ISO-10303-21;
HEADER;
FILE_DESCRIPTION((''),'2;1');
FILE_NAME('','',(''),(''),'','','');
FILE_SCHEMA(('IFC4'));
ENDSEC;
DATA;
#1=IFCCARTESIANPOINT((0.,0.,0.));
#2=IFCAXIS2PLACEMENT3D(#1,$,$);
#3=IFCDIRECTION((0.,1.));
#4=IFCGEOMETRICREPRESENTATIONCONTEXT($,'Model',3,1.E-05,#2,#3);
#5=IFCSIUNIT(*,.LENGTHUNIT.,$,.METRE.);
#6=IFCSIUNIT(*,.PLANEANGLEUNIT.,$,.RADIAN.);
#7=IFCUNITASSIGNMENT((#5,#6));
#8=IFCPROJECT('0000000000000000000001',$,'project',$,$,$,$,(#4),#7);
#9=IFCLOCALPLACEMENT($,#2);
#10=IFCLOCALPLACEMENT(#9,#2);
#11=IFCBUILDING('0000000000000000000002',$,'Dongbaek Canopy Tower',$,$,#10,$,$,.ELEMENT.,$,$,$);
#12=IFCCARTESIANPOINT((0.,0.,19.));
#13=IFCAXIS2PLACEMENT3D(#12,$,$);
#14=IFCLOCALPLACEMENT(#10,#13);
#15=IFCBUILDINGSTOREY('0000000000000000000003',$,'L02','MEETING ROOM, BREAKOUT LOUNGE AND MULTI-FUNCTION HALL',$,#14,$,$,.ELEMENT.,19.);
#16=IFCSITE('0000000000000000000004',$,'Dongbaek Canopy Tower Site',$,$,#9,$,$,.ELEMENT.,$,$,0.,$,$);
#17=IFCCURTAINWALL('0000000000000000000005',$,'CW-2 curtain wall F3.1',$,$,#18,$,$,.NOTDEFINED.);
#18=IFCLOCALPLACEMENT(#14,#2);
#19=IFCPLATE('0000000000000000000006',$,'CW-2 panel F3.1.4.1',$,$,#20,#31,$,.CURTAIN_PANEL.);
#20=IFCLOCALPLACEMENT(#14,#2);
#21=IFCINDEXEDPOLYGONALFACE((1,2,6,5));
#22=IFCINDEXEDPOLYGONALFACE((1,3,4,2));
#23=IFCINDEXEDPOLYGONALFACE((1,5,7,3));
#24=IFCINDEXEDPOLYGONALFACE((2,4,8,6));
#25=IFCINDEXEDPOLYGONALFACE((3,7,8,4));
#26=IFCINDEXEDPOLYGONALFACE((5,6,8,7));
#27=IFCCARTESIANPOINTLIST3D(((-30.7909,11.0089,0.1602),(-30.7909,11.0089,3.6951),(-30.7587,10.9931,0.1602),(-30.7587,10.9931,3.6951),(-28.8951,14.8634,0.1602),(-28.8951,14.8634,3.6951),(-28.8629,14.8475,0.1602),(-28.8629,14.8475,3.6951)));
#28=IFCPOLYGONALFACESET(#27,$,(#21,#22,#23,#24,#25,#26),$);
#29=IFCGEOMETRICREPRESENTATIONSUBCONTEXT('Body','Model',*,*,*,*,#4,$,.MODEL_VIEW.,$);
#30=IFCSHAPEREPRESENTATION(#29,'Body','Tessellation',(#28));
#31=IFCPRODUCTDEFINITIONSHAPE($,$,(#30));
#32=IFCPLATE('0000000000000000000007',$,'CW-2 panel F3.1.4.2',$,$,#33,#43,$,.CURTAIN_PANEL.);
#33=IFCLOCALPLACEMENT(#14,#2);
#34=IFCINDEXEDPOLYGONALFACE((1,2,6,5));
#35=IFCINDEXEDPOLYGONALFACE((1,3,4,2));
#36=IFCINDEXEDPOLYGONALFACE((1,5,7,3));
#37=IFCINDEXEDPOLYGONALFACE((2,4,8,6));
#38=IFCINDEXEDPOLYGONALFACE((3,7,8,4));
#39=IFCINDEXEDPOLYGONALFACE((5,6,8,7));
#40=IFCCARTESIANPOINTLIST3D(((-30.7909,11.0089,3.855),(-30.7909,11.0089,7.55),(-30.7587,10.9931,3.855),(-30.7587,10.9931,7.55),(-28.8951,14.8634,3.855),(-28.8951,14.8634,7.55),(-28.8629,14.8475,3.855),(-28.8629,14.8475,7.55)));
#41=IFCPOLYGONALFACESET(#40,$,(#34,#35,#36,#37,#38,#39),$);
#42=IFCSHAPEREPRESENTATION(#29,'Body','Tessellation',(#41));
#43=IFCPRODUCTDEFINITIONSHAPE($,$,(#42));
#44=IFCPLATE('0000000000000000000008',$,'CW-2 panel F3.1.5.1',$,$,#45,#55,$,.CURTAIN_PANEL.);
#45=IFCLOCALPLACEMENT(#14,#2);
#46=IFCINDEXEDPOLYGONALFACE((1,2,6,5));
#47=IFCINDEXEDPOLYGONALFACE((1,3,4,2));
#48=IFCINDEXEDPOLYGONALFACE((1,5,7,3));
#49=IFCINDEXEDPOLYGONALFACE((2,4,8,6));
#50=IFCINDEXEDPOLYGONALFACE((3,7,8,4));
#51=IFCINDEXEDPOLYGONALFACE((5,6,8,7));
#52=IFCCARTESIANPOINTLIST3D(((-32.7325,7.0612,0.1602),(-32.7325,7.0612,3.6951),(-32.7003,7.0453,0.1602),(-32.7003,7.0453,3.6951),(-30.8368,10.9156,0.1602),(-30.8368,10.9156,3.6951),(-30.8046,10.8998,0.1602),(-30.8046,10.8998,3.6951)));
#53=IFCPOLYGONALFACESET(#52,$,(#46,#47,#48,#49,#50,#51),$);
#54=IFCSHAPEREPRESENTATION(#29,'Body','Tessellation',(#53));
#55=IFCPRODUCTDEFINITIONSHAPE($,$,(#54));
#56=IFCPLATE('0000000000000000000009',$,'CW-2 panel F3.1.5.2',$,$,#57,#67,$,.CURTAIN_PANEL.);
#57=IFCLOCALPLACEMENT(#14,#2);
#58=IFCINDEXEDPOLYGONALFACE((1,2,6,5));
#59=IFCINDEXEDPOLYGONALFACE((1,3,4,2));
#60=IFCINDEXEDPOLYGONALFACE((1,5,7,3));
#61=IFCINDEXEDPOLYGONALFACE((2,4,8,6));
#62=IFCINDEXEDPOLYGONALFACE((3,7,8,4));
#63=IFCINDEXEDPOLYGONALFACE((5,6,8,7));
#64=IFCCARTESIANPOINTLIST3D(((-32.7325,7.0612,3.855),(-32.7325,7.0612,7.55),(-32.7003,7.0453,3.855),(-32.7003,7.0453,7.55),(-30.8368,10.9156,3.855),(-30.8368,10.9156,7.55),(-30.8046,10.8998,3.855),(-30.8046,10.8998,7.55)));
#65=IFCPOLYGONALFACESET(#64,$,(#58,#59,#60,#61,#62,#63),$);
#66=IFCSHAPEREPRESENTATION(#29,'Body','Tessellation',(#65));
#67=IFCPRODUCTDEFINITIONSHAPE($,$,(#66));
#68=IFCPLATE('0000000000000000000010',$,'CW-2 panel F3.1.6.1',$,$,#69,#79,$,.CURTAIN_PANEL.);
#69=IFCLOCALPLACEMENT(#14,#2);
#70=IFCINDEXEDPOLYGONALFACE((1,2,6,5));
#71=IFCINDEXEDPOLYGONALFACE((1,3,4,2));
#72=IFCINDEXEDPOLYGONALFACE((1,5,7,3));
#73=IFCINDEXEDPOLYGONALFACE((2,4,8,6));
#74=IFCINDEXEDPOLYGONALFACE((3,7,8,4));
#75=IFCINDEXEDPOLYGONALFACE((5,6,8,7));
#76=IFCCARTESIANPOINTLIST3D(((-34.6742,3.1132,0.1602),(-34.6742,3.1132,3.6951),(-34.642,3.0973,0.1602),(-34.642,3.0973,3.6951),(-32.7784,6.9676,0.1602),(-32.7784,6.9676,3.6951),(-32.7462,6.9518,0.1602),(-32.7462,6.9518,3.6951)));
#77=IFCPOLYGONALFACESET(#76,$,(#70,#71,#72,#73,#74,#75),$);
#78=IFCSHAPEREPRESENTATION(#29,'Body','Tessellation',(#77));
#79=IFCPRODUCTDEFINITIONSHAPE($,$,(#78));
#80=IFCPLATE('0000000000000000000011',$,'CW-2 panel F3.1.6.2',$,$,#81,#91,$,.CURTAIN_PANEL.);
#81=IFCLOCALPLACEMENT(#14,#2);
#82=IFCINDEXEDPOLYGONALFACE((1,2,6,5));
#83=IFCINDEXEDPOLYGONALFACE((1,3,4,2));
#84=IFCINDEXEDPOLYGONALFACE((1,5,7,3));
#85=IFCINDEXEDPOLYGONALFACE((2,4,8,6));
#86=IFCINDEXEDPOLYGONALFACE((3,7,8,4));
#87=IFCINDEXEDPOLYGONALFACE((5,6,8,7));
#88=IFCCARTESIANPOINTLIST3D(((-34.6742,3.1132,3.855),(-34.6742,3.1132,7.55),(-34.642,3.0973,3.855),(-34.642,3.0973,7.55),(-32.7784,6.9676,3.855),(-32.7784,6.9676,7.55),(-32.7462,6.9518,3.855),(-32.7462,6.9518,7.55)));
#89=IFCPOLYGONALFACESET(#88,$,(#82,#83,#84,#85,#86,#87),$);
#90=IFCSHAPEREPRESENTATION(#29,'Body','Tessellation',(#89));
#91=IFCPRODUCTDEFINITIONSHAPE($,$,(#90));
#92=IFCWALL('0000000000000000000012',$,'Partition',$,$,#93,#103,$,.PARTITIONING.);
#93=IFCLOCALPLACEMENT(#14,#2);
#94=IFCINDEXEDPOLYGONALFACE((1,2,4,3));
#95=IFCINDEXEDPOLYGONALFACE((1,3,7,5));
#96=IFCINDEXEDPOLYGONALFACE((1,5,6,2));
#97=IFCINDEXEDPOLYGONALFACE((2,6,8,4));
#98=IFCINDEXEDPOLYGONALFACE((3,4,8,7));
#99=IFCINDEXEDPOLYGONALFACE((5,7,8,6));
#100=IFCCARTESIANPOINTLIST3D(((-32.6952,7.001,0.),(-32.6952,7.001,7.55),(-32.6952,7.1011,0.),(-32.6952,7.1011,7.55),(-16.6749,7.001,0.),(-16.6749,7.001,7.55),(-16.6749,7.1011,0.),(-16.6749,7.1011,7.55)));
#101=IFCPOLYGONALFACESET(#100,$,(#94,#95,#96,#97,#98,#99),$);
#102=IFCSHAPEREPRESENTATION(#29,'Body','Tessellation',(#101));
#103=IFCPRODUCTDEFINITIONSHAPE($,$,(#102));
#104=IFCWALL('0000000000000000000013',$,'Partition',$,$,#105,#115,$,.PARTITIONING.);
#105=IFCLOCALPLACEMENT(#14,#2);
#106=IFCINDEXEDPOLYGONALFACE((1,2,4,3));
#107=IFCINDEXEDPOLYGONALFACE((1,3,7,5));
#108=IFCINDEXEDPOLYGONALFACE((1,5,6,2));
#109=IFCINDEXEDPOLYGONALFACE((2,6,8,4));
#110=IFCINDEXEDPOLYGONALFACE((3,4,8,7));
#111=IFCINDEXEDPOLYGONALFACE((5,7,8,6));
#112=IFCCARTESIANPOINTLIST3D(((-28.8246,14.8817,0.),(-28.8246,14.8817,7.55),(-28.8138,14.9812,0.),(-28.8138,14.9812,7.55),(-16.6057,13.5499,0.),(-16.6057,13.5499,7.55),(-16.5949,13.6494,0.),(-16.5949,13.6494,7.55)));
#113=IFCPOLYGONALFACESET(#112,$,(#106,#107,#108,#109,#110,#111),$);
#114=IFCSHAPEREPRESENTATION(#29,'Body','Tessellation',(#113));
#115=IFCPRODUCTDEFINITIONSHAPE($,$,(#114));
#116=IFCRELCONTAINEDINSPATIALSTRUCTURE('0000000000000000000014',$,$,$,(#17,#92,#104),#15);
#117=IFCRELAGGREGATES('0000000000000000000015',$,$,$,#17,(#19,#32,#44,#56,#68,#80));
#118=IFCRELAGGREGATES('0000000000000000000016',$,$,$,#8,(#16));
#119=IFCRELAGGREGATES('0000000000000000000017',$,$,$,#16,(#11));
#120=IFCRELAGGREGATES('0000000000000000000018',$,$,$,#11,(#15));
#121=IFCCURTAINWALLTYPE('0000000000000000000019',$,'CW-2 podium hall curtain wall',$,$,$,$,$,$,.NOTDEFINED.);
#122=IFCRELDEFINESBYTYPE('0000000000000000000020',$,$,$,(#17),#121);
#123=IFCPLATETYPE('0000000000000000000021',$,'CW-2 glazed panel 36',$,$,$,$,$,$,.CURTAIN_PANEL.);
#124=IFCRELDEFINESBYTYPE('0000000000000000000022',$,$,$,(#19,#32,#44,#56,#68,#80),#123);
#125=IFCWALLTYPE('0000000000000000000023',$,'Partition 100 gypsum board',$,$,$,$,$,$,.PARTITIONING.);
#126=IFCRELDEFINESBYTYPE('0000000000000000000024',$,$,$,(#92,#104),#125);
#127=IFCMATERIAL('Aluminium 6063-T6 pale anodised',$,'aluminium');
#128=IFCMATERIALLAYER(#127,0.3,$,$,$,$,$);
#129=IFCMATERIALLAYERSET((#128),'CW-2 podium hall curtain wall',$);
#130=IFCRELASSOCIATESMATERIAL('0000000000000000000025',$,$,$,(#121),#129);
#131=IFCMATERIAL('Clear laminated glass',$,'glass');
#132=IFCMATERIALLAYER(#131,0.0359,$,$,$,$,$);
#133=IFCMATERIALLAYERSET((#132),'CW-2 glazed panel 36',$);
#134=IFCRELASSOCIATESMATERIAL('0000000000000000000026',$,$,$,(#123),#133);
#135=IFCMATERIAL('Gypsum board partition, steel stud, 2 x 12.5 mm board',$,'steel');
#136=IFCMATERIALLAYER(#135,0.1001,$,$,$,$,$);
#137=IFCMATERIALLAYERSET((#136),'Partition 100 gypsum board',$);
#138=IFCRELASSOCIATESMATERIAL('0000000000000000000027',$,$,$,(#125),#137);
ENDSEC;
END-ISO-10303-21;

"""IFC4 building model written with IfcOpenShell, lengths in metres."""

from ifc_helpers import new_model, si_unit, direction, frame, frame_2d, origin, origin_2d, place, context, subcontext, project, spatial, rectangle, extrude, material, layer, layer_set, type_object, element, aggregate, save


model = new_model("IFC4")

# Units and contexts
model_context = context("Model", 3, precision=1e-05, world=origin(), true_north=direction((0.0, 1.0)))
body_context = subcontext(model_context, "Body", "Model", "MODEL_VIEW")
ifc_project = project(units=[si_unit("LENGTHUNIT", "METRE"), si_unit("PLANEANGLEUNIT", "RADIAN")], contexts=[model_context])

# Site, building, storey
site_placement = place(None, origin())
site = spatial("IfcSite", under=ifc_project, at=site_placement, Name="Dongbaek Canopy Tower Site", CompositionType="ELEMENT", RefElevation=0.0)
building_placement = place(site_placement, origin())
building = spatial("IfcBuilding", under=site, at=building_placement, Name="Dongbaek Canopy Tower", CompositionType="ELEMENT")
storey_placement = place(building_placement, frame((0.0, 0.0, 19.0)))
storey = spatial("IfcBuildingStorey", under=building, at=storey_placement, Name="L02", Description="MEETING ROOM, BREAKOUT LOUNGE AND MULTI-FUNCTION HALL", CompositionType="ELEMENT", Elevation=19.0)

# Curtain wall, plates
ifc_material_1 = material(Name="Aluminium 6063-T6 pale anodised", Category="aluminium")
ifc_layer_1 = layer(ifc_material_1, 0.3)
ifc_layer_set_1 = layer_set([ifc_layer_1], Name="CW-2 podium hall curtain wall")
curtain_wall_type = type_object("IfcCurtainWallType", Name="CW-2 podium hall curtain wall", PredefinedType="NOTDEFINED", material=ifc_layer_set_1)
curtain_wall_placement = place(storey_placement, origin())
curtain_wall = element("IfcCurtainWall", 1, at=curtain_wall_placement, inside=storey, type_object=curtain_wall_type, Name="CW-2 curtain wall F3.1", PredefinedType="NOTDEFINED")
ifc_material_2 = material(Name="Clear laminated glass", Category="glass")
ifc_layer_2 = layer(ifc_material_2, 0.0359)
ifc_layer_set_2 = layer_set([ifc_layer_2], Name="CW-2 glazed panel 36")
plate_type = type_object("IfcPlateType", Name="CW-2 glazed panel 36", PredefinedType="CURTAIN_PANEL", material=ifc_layer_set_2)
plate_1_placement = place(storey_placement, frame((-29.8269, 12.9282, 0.1602), z_axis=(0.0, 0.0, 1.0), x_axis=(-0.441342, -0.897339, 0.0)))
plate_1 = element("IfcPlate", 2, at=plate_1_placement, type_object=plate_type, Name="CW-2 panel F3.1.4.1", PredefinedType="CURTAIN_PANEL", context=body_context, shape_type="SweptSolid", body=[
    extrude(rectangle(XDim=4.2954, YDim=0.0359, at=origin_2d()), origin(), (0.0, 0.0, 1.0), 3.5349),
])
plate_2_placement = place(storey_placement, frame((-29.8269, 12.9282, 3.855), z_axis=(0.0, 0.0, 1.0), x_axis=(-0.441342, -0.897339, 0.0)))
plate_2 = element("IfcPlate", 3, at=plate_2_placement, type_object=plate_type, Name="CW-2 panel F3.1.4.2", PredefinedType="CURTAIN_PANEL", context=body_context, shape_type="SweptSolid", body=[
    extrude(rectangle(XDim=4.2954, YDim=0.0359, at=origin_2d()), origin(), (0.0, 0.0, 1.0), 3.6951),
])
plate_3_placement = place(storey_placement, frame((-31.7686, 8.9805, 0.1602), z_axis=(0.0, 0.0, 1.0), x_axis=(-0.441342, -0.897339, 0.0)))
plate_3 = element("IfcPlate", 4, at=plate_3_placement, type_object=plate_type, Name="CW-2 panel F3.1.5.1", PredefinedType="CURTAIN_PANEL", context=body_context, shape_type="SweptSolid", body=[
    extrude(rectangle(XDim=4.2954, YDim=0.0359, at=origin_2d()), origin(), (0.0, 0.0, 1.0), 3.5349),
])
plate_4_placement = place(storey_placement, frame((-31.7686, 8.9805, 3.855), z_axis=(0.0, 0.0, 1.0), x_axis=(-0.441342, -0.897339, 0.0)))
plate_4 = element("IfcPlate", 5, at=plate_4_placement, type_object=plate_type, Name="CW-2 panel F3.1.5.2", PredefinedType="CURTAIN_PANEL", context=body_context, shape_type="SweptSolid", body=[
    extrude(rectangle(XDim=4.2954, YDim=0.0359, at=origin_2d()), origin(), (0.0, 0.0, 1.0), 3.6951),
])
plate_5_placement = place(storey_placement, frame((-33.7102, 5.0325, 0.1602), z_axis=(0.0, 0.0, 1.0), x_axis=(-0.441342, -0.897339, 0.0)))
plate_5 = element("IfcPlate", 6, at=plate_5_placement, type_object=plate_type, Name="CW-2 panel F3.1.6.1", PredefinedType="CURTAIN_PANEL", context=body_context, shape_type="SweptSolid", body=[
    extrude(rectangle(XDim=4.2954, YDim=0.0359, at=origin_2d()), origin(), (0.0, 0.0, 1.0), 3.5349),
])
plate_6_placement = place(storey_placement, frame((-33.7102, 5.0325, 3.855), z_axis=(0.0, 0.0, 1.0), x_axis=(-0.441342, -0.897339, 0.0)))
plate_6 = element("IfcPlate", 7, at=plate_6_placement, type_object=plate_type, Name="CW-2 panel F3.1.6.2", PredefinedType="CURTAIN_PANEL", context=body_context, shape_type="SweptSolid", body=[
    extrude(rectangle(XDim=4.2954, YDim=0.0359, at=origin_2d()), origin(), (0.0, 0.0, 1.0), 3.6951),
])
aggregate(curtain_wall, [plate_1, plate_2, plate_3, plate_4, plate_5, plate_6])

# Walls
ifc_material_3 = material(Name="Gypsum board partition, steel stud, 2 x 12.5 mm board", Category="steel")
ifc_layer_3 = layer(ifc_material_3, 0.1001)
ifc_layer_set_3 = layer_set([ifc_layer_3], Name="Partition 100 gypsum board")
wall_type = type_object("IfcWallType", Name="Partition 100 gypsum board", PredefinedType="PARTITIONING", material=ifc_layer_set_3)
wall_1_placement = place(storey_placement, frame((-32.6953, 7.051, 0.0), z_axis=(0.0, 0.0, 1.0), x_axis=(1.0, 0.0, 0.0)))
element("IfcWall", 8, at=wall_1_placement, inside=storey, type_object=wall_type, Name="Partition", PredefinedType="PARTITIONING", context=body_context, shape_type="SweptSolid", body=[
    extrude(rectangle(XDim=16.0203, YDim=0.1001, at=frame_2d((8.0103, 0.0))), origin(), (0.0, 0.0, 1.0), 7.55),
])
wall_2_placement = place(storey_placement, frame((-28.8191, 14.9314, 0.0), z_axis=(0.0, 0.0, 1.0), x_axis=(0.994113, -0.108352, 0.0)))
element("IfcWall", 9, at=wall_2_placement, inside=storey, type_object=wall_type, Name="Partition", PredefinedType="PARTITIONING", context=body_context, shape_type="SweptSolid", body=[
    extrude(rectangle(XDim=12.2913, YDim=0.1001, at=frame_2d((6.1455, 0.0))), origin(), (0.0, 0.0, 1.0), 7.55),
])

save(model, "model.ifc")
